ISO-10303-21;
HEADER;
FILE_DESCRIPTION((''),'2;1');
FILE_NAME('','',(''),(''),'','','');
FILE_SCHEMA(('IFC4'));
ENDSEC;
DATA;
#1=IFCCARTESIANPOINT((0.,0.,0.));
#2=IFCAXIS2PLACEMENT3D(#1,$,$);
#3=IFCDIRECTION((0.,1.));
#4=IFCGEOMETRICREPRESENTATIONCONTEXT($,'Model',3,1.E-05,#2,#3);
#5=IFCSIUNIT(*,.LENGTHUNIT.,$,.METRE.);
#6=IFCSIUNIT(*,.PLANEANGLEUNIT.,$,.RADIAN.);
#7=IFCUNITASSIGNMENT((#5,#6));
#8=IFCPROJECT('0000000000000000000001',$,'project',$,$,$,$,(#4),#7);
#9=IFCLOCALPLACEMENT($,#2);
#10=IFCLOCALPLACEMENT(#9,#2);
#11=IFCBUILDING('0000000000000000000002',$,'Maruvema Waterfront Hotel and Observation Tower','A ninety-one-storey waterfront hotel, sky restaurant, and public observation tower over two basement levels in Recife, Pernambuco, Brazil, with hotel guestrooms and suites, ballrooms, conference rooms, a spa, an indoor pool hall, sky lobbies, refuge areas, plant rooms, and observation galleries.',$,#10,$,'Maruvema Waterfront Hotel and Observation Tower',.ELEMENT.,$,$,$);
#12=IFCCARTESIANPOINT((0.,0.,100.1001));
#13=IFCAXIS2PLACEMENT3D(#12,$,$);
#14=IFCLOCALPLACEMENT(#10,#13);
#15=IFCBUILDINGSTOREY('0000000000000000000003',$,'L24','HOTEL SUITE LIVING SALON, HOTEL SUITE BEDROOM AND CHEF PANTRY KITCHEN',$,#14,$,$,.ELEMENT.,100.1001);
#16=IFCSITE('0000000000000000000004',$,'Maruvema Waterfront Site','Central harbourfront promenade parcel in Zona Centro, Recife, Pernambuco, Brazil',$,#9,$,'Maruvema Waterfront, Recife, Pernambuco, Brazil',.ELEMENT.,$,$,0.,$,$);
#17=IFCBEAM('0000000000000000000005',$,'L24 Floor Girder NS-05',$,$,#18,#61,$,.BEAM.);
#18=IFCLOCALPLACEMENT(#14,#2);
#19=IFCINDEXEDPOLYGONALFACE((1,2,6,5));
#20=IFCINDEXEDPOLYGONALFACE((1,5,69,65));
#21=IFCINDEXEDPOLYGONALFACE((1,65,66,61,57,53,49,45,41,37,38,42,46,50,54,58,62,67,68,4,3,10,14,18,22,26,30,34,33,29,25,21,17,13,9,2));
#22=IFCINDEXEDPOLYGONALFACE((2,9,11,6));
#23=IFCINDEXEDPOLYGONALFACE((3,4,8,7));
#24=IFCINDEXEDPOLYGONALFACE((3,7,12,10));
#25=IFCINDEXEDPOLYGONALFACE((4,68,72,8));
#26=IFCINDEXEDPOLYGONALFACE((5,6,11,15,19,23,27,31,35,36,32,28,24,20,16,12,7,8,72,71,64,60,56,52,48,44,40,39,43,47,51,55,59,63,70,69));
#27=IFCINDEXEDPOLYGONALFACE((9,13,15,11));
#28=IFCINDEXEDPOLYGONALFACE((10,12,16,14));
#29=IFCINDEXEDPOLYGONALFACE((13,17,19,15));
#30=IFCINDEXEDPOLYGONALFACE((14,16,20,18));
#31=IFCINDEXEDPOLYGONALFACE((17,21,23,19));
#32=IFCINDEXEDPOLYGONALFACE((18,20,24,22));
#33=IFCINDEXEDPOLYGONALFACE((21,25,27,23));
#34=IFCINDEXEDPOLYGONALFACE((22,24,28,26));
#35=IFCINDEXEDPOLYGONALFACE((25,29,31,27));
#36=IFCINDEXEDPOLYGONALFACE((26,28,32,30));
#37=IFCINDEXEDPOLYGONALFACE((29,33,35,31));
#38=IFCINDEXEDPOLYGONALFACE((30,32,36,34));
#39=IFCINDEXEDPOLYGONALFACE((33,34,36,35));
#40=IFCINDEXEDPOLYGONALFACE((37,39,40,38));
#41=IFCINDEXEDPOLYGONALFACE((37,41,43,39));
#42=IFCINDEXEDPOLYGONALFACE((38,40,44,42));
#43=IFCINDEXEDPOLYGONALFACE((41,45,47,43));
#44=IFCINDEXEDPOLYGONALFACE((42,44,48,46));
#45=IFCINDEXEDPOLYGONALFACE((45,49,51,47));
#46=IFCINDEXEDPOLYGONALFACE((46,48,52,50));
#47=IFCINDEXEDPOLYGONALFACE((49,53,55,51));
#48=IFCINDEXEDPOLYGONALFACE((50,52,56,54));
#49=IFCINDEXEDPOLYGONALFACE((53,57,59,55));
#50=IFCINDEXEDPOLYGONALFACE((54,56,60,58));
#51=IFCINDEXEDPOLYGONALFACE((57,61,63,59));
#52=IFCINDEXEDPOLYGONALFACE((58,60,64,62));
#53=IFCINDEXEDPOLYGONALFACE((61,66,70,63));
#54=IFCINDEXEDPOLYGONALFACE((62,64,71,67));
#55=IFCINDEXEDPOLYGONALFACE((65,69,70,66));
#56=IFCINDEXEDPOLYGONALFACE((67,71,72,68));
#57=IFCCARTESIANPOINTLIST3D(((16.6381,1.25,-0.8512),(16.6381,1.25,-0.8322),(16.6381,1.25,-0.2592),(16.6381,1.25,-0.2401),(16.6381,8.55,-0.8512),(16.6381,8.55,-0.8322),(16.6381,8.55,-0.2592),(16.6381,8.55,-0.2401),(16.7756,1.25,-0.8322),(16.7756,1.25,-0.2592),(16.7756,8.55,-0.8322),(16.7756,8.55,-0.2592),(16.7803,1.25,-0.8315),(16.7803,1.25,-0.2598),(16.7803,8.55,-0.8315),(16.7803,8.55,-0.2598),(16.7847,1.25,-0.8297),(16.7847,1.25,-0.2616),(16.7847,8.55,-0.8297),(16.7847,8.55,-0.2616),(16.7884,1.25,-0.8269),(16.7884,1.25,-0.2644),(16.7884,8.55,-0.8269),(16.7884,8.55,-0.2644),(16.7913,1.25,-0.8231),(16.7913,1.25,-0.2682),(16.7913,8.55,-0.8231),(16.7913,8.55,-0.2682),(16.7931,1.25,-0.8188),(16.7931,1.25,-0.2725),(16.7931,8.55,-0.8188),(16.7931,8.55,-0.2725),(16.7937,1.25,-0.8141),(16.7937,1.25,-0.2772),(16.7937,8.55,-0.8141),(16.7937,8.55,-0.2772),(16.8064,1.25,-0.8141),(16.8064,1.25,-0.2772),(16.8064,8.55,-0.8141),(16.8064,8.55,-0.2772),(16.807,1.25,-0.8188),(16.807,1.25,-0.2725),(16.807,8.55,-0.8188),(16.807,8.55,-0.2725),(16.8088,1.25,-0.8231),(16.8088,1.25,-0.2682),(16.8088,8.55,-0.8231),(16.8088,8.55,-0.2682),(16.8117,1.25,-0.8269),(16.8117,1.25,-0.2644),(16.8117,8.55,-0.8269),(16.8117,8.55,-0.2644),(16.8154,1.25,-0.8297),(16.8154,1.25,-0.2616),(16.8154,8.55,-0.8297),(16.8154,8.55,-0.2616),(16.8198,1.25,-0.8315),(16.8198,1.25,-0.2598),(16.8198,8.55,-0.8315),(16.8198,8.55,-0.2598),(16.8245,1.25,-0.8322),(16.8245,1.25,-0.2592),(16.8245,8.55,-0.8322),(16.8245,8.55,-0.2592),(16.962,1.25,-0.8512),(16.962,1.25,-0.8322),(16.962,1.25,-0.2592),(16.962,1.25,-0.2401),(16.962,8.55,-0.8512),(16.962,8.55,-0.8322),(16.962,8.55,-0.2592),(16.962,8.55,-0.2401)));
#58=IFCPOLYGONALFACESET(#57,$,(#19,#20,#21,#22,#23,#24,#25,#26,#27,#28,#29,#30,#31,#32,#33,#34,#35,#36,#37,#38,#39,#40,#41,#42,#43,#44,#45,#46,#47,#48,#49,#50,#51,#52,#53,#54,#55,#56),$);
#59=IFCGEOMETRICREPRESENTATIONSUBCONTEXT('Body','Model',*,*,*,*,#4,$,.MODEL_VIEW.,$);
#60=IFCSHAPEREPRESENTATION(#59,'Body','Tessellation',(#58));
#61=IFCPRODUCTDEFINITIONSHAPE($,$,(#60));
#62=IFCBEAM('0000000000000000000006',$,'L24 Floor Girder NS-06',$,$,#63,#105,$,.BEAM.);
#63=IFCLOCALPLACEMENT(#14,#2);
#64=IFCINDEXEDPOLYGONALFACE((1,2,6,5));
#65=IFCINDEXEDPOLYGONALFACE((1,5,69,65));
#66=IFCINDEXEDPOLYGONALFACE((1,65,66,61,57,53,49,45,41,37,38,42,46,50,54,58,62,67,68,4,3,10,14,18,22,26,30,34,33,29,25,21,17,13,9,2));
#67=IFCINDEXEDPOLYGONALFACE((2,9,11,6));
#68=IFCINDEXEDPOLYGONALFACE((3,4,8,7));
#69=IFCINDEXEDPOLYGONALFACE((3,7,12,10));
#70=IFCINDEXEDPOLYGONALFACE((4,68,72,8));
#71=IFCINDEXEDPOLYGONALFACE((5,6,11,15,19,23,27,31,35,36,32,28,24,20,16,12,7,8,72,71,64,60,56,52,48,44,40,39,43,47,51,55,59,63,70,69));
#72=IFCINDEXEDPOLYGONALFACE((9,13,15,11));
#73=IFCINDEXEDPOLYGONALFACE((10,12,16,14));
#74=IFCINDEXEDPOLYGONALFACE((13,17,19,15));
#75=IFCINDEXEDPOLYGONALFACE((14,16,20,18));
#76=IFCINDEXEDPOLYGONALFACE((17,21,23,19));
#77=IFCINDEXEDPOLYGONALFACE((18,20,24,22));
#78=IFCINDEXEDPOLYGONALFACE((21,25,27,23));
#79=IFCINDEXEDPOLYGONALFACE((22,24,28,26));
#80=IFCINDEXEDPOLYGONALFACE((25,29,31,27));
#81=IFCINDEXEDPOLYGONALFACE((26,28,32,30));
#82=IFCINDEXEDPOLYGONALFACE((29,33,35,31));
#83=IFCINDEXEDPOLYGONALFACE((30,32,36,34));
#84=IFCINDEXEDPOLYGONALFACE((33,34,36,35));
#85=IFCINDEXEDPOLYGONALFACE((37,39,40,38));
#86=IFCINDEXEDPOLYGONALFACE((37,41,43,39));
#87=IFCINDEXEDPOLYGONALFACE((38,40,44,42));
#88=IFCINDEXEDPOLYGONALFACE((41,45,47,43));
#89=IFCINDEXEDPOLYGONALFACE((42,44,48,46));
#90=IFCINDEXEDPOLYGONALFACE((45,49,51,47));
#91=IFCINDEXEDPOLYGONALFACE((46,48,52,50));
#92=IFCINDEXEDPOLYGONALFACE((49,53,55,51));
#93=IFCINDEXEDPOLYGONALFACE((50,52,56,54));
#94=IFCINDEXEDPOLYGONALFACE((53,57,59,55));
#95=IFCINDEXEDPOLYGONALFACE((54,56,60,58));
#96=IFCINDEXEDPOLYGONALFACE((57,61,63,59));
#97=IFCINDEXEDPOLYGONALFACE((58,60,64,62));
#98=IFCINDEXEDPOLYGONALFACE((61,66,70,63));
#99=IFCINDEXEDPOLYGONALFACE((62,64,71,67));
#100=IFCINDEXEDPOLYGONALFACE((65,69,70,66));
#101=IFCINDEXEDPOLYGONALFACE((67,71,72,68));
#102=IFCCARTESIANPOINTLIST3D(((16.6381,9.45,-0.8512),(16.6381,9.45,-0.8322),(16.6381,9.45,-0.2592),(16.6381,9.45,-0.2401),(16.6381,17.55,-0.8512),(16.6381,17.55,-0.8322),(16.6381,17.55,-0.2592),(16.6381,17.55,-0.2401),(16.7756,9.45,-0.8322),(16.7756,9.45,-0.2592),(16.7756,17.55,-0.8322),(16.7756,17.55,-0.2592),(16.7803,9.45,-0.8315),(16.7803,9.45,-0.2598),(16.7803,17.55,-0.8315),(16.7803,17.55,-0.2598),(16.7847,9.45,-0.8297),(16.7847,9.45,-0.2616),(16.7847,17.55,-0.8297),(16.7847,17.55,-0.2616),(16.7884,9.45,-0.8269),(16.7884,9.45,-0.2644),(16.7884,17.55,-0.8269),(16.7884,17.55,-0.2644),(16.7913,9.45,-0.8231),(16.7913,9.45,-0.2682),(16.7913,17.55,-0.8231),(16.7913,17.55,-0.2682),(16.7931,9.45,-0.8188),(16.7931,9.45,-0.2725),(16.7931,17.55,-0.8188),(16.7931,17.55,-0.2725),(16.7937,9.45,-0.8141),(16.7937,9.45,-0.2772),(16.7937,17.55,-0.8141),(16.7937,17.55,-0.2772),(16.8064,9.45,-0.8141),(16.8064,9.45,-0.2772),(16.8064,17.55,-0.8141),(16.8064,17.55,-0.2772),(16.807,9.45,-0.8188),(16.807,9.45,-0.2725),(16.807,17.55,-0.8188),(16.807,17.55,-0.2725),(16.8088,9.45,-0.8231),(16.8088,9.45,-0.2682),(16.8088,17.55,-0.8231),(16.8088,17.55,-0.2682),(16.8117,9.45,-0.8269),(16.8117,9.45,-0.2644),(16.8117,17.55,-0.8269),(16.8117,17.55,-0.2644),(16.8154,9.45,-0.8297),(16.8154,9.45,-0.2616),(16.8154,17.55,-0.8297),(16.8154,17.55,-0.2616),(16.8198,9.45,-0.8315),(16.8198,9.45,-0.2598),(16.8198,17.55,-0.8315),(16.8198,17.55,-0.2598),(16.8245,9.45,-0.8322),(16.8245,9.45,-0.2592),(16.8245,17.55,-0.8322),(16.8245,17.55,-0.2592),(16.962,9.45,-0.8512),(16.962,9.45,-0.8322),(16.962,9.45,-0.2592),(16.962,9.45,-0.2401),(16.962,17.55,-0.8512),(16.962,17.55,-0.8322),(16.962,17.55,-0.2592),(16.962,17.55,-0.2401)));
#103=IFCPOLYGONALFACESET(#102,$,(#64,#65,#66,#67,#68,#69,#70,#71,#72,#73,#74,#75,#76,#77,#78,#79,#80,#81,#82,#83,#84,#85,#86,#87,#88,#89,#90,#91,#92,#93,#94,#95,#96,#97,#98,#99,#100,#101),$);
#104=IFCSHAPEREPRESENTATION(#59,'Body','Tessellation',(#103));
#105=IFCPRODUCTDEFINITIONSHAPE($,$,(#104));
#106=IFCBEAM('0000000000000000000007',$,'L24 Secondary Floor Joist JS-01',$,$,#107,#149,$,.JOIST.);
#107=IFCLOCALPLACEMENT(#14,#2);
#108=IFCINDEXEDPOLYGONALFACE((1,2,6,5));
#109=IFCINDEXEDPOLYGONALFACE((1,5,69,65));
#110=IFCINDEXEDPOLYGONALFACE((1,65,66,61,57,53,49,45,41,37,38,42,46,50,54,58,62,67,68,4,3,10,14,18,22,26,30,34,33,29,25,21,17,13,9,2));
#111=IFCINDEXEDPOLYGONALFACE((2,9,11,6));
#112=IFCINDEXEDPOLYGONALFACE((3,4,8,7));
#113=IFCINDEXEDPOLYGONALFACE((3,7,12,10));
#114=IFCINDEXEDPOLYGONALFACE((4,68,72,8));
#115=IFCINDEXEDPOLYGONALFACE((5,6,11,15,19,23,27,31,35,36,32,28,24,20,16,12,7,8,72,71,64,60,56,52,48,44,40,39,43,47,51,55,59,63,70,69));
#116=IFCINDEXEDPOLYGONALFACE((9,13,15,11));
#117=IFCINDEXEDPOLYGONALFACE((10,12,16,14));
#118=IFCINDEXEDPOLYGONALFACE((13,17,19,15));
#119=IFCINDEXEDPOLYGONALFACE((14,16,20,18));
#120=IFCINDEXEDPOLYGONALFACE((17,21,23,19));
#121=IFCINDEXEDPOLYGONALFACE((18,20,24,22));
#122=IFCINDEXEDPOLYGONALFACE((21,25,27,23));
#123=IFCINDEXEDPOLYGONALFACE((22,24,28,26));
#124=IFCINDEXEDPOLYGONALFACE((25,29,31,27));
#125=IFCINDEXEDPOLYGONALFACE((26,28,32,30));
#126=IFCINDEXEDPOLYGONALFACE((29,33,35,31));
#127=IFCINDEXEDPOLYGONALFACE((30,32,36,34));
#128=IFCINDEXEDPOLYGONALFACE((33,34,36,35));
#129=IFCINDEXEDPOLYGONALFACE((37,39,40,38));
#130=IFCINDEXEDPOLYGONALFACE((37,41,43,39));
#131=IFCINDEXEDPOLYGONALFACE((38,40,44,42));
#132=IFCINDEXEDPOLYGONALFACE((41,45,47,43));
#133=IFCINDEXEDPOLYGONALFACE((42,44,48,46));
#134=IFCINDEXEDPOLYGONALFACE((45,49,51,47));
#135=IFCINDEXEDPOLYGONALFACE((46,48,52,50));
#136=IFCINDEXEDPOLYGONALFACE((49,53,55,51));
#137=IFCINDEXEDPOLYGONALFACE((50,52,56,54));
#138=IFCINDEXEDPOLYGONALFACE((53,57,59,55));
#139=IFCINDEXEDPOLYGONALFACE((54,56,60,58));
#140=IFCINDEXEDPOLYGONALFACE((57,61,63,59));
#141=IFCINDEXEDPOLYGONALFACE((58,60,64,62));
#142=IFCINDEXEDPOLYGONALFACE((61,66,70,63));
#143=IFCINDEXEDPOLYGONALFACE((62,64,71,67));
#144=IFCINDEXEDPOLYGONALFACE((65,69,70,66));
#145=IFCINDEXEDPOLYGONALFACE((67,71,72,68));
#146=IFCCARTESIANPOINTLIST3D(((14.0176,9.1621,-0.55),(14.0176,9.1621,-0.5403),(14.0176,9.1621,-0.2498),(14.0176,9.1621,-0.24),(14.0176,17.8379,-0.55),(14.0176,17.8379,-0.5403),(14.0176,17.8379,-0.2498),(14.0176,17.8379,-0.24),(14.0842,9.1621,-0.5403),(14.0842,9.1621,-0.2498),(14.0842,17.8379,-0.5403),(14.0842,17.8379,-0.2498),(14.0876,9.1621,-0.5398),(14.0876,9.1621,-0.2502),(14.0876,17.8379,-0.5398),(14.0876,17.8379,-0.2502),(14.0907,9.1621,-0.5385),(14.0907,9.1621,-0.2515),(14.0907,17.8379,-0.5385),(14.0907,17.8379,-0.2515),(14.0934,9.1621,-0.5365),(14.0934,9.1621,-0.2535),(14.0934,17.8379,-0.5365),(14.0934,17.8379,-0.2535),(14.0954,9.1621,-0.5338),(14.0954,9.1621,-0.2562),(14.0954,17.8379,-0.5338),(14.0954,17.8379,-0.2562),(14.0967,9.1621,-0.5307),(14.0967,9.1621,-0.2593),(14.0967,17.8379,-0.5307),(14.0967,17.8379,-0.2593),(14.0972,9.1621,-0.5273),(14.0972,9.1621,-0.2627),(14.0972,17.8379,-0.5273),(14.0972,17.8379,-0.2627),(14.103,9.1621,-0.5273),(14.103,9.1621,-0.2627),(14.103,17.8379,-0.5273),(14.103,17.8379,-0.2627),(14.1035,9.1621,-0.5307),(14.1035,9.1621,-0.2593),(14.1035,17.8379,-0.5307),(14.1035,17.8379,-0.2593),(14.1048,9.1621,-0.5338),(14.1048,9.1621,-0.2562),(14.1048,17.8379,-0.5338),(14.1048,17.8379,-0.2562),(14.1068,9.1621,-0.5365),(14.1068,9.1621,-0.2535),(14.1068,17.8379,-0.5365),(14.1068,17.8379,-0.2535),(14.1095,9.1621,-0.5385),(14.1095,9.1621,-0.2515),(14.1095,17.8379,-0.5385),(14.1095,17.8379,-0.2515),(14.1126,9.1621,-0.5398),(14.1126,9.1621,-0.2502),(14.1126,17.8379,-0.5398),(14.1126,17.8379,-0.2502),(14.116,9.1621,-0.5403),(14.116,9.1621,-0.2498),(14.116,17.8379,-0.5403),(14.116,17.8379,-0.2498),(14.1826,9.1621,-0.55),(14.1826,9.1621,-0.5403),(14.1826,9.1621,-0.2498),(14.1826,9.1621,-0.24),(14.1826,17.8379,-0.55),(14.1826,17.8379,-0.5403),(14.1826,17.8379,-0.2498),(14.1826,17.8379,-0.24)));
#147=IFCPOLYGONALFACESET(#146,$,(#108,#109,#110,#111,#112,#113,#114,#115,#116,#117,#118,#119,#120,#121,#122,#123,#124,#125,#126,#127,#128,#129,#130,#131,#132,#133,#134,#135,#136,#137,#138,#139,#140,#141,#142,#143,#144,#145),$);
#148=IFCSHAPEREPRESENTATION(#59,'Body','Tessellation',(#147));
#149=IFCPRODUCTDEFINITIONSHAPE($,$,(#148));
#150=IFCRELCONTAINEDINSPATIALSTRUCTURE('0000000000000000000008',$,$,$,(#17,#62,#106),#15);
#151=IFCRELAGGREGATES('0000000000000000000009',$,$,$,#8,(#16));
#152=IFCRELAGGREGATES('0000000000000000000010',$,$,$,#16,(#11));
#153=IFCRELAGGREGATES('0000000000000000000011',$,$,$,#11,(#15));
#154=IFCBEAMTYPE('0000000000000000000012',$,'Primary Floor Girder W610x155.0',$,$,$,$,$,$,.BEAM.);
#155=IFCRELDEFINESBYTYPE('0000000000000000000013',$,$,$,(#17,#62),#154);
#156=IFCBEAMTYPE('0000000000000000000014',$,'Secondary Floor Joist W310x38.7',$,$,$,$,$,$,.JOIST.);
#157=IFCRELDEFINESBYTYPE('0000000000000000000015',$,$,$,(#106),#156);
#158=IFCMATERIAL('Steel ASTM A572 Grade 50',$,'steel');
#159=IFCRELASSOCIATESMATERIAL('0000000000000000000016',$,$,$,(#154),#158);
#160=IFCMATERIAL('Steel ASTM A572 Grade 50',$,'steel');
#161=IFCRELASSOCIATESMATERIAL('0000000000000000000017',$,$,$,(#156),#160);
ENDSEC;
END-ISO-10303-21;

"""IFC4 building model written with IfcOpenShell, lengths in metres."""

from ifc_helpers import new_model, si_unit, direction, frame, origin, origin_2d, place, context, subcontext, project, spatial, i_section, extrude, material, material_profile, profile_set, type_object, element, save


model = new_model("IFC4")

# Units and contexts
model_context = context("Model", 3, precision=1e-05, world=origin(), true_north=direction((0.0, 1.0)))
body_context = subcontext(model_context, "Body", "Model", "MODEL_VIEW")
ifc_project = project(units=[si_unit("LENGTHUNIT", "METRE"), si_unit("PLANEANGLEUNIT", "RADIAN")], contexts=[model_context])

# Site, building, storey
site_placement = place(None, origin())
site = spatial("IfcSite", under=ifc_project, at=site_placement, Name="Maruvema Waterfront Site", Description="Central harbourfront promenade parcel in Zona Centro, Recife, Pernambuco, Brazil", LongName="Maruvema Waterfront, Recife, Pernambuco, Brazil", CompositionType="ELEMENT", RefElevation=0.0)
building_placement = place(site_placement, origin())
building = spatial("IfcBuilding", under=site, at=building_placement, Name="Maruvema Waterfront Hotel and Observation Tower", Description="A ninety-one-storey waterfront hotel, sky restaurant, and public observation tower over two basement levels in Recife, Pernambuco, Brazil, with hotel guestrooms and suites, ballrooms, conference rooms, a spa, an indoor pool hall, sky lobbies, refuge areas, plant rooms, and observation galleries.", LongName="Maruvema Waterfront Hotel and Observation Tower", CompositionType="ELEMENT")
storey_placement = place(building_placement, frame((0.0, 0.0, 100.1001)))
storey = spatial("IfcBuildingStorey", under=building, at=storey_placement, Name="L24", Description="HOTEL SUITE LIVING SALON, HOTEL SUITE BEDROOM AND CHEF PANTRY KITCHEN", CompositionType="ELEMENT", Elevation=100.1001)

# Beams
ifc_material_1 = material(Name="Steel ASTM A572 Grade 50", Category="steel")
ifc_material_profile_1 = material_profile(ifc_material_1, i_section(OverallWidth=0.324, OverallDepth=0.6111, WebThickness=0.0127, FlangeThickness=0.019, FilletRadius=0.0181, at=origin_2d()), Name="W610x155.0")
ifc_profile_set_1 = profile_set([ifc_material_profile_1], Name="Steel ASTM A572 Grade 50")
beam_type_1 = type_object("IfcBeamType", Name="Primary Floor Girder W610x155.0", PredefinedType="BEAM", material=ifc_profile_set_1)
beam_1_placement = place(storey_placement, frame((16.8, 1.25, -0.5457), z_axis=(0.0, 1.0, 0.0), x_axis=(-1.0, 0.0, 0.0)))
element("IfcBeam", 1, at=beam_1_placement, inside=storey, type_object=beam_type_1, Name="L24 Floor Girder NS-05", PredefinedType="BEAM", context=body_context, shape_type="SweptSolid", body=[
    extrude(i_section(OverallWidth=0.324, OverallDepth=0.6111, WebThickness=0.0127, FlangeThickness=0.019, FilletRadius=0.0181, at=origin_2d()), origin(), (0.0, 0.0, 1.0), 7.3),
])
beam_2_placement = place(storey_placement, frame((16.8, 9.45, -0.5457), z_axis=(0.0, 1.0, 0.0), x_axis=(-1.0, 0.0, 0.0)))
element("IfcBeam", 2, at=beam_2_placement, inside=storey, type_object=beam_type_1, Name="L24 Floor Girder NS-06", PredefinedType="BEAM", context=body_context, shape_type="SweptSolid", body=[
    extrude(i_section(OverallWidth=0.324, OverallDepth=0.6111, WebThickness=0.0127, FlangeThickness=0.019, FilletRadius=0.0181, at=origin_2d()), origin(), (0.0, 0.0, 1.0), 8.1001),
])
ifc_material_2 = material(Name="Steel ASTM A572 Grade 50", Category="steel")
ifc_material_profile_2 = material_profile(ifc_material_2, i_section(OverallWidth=0.165, OverallDepth=0.3101, WebThickness=0.0059, FlangeThickness=0.0098, FilletRadius=0.0129, at=origin_2d()), Name="W310x38.7")
ifc_profile_set_2 = profile_set([ifc_material_profile_2], Name="Steel ASTM A572 Grade 50")
beam_type_2 = type_object("IfcBeamType", Name="Secondary Floor Joist W310x38.7", PredefinedType="JOIST", material=ifc_profile_set_2)
beam_3_placement = place(storey_placement, frame((14.1001, 9.1621, -0.395), z_axis=(0.0, 1.0, 0.0), x_axis=(-1.0, 0.0, 0.0)))
element("IfcBeam", 3, at=beam_3_placement, inside=storey, type_object=beam_type_2, Name="L24 Secondary Floor Joist JS-01", PredefinedType="JOIST", context=body_context, shape_type="SweptSolid", body=[
    extrude(i_section(OverallWidth=0.165, OverallDepth=0.3101, WebThickness=0.0059, FlangeThickness=0.0098, FilletRadius=0.0129, at=origin_2d()), origin(), (0.0, 0.0, 1.0), 8.6758),
])

save(model, "model.ifc")
